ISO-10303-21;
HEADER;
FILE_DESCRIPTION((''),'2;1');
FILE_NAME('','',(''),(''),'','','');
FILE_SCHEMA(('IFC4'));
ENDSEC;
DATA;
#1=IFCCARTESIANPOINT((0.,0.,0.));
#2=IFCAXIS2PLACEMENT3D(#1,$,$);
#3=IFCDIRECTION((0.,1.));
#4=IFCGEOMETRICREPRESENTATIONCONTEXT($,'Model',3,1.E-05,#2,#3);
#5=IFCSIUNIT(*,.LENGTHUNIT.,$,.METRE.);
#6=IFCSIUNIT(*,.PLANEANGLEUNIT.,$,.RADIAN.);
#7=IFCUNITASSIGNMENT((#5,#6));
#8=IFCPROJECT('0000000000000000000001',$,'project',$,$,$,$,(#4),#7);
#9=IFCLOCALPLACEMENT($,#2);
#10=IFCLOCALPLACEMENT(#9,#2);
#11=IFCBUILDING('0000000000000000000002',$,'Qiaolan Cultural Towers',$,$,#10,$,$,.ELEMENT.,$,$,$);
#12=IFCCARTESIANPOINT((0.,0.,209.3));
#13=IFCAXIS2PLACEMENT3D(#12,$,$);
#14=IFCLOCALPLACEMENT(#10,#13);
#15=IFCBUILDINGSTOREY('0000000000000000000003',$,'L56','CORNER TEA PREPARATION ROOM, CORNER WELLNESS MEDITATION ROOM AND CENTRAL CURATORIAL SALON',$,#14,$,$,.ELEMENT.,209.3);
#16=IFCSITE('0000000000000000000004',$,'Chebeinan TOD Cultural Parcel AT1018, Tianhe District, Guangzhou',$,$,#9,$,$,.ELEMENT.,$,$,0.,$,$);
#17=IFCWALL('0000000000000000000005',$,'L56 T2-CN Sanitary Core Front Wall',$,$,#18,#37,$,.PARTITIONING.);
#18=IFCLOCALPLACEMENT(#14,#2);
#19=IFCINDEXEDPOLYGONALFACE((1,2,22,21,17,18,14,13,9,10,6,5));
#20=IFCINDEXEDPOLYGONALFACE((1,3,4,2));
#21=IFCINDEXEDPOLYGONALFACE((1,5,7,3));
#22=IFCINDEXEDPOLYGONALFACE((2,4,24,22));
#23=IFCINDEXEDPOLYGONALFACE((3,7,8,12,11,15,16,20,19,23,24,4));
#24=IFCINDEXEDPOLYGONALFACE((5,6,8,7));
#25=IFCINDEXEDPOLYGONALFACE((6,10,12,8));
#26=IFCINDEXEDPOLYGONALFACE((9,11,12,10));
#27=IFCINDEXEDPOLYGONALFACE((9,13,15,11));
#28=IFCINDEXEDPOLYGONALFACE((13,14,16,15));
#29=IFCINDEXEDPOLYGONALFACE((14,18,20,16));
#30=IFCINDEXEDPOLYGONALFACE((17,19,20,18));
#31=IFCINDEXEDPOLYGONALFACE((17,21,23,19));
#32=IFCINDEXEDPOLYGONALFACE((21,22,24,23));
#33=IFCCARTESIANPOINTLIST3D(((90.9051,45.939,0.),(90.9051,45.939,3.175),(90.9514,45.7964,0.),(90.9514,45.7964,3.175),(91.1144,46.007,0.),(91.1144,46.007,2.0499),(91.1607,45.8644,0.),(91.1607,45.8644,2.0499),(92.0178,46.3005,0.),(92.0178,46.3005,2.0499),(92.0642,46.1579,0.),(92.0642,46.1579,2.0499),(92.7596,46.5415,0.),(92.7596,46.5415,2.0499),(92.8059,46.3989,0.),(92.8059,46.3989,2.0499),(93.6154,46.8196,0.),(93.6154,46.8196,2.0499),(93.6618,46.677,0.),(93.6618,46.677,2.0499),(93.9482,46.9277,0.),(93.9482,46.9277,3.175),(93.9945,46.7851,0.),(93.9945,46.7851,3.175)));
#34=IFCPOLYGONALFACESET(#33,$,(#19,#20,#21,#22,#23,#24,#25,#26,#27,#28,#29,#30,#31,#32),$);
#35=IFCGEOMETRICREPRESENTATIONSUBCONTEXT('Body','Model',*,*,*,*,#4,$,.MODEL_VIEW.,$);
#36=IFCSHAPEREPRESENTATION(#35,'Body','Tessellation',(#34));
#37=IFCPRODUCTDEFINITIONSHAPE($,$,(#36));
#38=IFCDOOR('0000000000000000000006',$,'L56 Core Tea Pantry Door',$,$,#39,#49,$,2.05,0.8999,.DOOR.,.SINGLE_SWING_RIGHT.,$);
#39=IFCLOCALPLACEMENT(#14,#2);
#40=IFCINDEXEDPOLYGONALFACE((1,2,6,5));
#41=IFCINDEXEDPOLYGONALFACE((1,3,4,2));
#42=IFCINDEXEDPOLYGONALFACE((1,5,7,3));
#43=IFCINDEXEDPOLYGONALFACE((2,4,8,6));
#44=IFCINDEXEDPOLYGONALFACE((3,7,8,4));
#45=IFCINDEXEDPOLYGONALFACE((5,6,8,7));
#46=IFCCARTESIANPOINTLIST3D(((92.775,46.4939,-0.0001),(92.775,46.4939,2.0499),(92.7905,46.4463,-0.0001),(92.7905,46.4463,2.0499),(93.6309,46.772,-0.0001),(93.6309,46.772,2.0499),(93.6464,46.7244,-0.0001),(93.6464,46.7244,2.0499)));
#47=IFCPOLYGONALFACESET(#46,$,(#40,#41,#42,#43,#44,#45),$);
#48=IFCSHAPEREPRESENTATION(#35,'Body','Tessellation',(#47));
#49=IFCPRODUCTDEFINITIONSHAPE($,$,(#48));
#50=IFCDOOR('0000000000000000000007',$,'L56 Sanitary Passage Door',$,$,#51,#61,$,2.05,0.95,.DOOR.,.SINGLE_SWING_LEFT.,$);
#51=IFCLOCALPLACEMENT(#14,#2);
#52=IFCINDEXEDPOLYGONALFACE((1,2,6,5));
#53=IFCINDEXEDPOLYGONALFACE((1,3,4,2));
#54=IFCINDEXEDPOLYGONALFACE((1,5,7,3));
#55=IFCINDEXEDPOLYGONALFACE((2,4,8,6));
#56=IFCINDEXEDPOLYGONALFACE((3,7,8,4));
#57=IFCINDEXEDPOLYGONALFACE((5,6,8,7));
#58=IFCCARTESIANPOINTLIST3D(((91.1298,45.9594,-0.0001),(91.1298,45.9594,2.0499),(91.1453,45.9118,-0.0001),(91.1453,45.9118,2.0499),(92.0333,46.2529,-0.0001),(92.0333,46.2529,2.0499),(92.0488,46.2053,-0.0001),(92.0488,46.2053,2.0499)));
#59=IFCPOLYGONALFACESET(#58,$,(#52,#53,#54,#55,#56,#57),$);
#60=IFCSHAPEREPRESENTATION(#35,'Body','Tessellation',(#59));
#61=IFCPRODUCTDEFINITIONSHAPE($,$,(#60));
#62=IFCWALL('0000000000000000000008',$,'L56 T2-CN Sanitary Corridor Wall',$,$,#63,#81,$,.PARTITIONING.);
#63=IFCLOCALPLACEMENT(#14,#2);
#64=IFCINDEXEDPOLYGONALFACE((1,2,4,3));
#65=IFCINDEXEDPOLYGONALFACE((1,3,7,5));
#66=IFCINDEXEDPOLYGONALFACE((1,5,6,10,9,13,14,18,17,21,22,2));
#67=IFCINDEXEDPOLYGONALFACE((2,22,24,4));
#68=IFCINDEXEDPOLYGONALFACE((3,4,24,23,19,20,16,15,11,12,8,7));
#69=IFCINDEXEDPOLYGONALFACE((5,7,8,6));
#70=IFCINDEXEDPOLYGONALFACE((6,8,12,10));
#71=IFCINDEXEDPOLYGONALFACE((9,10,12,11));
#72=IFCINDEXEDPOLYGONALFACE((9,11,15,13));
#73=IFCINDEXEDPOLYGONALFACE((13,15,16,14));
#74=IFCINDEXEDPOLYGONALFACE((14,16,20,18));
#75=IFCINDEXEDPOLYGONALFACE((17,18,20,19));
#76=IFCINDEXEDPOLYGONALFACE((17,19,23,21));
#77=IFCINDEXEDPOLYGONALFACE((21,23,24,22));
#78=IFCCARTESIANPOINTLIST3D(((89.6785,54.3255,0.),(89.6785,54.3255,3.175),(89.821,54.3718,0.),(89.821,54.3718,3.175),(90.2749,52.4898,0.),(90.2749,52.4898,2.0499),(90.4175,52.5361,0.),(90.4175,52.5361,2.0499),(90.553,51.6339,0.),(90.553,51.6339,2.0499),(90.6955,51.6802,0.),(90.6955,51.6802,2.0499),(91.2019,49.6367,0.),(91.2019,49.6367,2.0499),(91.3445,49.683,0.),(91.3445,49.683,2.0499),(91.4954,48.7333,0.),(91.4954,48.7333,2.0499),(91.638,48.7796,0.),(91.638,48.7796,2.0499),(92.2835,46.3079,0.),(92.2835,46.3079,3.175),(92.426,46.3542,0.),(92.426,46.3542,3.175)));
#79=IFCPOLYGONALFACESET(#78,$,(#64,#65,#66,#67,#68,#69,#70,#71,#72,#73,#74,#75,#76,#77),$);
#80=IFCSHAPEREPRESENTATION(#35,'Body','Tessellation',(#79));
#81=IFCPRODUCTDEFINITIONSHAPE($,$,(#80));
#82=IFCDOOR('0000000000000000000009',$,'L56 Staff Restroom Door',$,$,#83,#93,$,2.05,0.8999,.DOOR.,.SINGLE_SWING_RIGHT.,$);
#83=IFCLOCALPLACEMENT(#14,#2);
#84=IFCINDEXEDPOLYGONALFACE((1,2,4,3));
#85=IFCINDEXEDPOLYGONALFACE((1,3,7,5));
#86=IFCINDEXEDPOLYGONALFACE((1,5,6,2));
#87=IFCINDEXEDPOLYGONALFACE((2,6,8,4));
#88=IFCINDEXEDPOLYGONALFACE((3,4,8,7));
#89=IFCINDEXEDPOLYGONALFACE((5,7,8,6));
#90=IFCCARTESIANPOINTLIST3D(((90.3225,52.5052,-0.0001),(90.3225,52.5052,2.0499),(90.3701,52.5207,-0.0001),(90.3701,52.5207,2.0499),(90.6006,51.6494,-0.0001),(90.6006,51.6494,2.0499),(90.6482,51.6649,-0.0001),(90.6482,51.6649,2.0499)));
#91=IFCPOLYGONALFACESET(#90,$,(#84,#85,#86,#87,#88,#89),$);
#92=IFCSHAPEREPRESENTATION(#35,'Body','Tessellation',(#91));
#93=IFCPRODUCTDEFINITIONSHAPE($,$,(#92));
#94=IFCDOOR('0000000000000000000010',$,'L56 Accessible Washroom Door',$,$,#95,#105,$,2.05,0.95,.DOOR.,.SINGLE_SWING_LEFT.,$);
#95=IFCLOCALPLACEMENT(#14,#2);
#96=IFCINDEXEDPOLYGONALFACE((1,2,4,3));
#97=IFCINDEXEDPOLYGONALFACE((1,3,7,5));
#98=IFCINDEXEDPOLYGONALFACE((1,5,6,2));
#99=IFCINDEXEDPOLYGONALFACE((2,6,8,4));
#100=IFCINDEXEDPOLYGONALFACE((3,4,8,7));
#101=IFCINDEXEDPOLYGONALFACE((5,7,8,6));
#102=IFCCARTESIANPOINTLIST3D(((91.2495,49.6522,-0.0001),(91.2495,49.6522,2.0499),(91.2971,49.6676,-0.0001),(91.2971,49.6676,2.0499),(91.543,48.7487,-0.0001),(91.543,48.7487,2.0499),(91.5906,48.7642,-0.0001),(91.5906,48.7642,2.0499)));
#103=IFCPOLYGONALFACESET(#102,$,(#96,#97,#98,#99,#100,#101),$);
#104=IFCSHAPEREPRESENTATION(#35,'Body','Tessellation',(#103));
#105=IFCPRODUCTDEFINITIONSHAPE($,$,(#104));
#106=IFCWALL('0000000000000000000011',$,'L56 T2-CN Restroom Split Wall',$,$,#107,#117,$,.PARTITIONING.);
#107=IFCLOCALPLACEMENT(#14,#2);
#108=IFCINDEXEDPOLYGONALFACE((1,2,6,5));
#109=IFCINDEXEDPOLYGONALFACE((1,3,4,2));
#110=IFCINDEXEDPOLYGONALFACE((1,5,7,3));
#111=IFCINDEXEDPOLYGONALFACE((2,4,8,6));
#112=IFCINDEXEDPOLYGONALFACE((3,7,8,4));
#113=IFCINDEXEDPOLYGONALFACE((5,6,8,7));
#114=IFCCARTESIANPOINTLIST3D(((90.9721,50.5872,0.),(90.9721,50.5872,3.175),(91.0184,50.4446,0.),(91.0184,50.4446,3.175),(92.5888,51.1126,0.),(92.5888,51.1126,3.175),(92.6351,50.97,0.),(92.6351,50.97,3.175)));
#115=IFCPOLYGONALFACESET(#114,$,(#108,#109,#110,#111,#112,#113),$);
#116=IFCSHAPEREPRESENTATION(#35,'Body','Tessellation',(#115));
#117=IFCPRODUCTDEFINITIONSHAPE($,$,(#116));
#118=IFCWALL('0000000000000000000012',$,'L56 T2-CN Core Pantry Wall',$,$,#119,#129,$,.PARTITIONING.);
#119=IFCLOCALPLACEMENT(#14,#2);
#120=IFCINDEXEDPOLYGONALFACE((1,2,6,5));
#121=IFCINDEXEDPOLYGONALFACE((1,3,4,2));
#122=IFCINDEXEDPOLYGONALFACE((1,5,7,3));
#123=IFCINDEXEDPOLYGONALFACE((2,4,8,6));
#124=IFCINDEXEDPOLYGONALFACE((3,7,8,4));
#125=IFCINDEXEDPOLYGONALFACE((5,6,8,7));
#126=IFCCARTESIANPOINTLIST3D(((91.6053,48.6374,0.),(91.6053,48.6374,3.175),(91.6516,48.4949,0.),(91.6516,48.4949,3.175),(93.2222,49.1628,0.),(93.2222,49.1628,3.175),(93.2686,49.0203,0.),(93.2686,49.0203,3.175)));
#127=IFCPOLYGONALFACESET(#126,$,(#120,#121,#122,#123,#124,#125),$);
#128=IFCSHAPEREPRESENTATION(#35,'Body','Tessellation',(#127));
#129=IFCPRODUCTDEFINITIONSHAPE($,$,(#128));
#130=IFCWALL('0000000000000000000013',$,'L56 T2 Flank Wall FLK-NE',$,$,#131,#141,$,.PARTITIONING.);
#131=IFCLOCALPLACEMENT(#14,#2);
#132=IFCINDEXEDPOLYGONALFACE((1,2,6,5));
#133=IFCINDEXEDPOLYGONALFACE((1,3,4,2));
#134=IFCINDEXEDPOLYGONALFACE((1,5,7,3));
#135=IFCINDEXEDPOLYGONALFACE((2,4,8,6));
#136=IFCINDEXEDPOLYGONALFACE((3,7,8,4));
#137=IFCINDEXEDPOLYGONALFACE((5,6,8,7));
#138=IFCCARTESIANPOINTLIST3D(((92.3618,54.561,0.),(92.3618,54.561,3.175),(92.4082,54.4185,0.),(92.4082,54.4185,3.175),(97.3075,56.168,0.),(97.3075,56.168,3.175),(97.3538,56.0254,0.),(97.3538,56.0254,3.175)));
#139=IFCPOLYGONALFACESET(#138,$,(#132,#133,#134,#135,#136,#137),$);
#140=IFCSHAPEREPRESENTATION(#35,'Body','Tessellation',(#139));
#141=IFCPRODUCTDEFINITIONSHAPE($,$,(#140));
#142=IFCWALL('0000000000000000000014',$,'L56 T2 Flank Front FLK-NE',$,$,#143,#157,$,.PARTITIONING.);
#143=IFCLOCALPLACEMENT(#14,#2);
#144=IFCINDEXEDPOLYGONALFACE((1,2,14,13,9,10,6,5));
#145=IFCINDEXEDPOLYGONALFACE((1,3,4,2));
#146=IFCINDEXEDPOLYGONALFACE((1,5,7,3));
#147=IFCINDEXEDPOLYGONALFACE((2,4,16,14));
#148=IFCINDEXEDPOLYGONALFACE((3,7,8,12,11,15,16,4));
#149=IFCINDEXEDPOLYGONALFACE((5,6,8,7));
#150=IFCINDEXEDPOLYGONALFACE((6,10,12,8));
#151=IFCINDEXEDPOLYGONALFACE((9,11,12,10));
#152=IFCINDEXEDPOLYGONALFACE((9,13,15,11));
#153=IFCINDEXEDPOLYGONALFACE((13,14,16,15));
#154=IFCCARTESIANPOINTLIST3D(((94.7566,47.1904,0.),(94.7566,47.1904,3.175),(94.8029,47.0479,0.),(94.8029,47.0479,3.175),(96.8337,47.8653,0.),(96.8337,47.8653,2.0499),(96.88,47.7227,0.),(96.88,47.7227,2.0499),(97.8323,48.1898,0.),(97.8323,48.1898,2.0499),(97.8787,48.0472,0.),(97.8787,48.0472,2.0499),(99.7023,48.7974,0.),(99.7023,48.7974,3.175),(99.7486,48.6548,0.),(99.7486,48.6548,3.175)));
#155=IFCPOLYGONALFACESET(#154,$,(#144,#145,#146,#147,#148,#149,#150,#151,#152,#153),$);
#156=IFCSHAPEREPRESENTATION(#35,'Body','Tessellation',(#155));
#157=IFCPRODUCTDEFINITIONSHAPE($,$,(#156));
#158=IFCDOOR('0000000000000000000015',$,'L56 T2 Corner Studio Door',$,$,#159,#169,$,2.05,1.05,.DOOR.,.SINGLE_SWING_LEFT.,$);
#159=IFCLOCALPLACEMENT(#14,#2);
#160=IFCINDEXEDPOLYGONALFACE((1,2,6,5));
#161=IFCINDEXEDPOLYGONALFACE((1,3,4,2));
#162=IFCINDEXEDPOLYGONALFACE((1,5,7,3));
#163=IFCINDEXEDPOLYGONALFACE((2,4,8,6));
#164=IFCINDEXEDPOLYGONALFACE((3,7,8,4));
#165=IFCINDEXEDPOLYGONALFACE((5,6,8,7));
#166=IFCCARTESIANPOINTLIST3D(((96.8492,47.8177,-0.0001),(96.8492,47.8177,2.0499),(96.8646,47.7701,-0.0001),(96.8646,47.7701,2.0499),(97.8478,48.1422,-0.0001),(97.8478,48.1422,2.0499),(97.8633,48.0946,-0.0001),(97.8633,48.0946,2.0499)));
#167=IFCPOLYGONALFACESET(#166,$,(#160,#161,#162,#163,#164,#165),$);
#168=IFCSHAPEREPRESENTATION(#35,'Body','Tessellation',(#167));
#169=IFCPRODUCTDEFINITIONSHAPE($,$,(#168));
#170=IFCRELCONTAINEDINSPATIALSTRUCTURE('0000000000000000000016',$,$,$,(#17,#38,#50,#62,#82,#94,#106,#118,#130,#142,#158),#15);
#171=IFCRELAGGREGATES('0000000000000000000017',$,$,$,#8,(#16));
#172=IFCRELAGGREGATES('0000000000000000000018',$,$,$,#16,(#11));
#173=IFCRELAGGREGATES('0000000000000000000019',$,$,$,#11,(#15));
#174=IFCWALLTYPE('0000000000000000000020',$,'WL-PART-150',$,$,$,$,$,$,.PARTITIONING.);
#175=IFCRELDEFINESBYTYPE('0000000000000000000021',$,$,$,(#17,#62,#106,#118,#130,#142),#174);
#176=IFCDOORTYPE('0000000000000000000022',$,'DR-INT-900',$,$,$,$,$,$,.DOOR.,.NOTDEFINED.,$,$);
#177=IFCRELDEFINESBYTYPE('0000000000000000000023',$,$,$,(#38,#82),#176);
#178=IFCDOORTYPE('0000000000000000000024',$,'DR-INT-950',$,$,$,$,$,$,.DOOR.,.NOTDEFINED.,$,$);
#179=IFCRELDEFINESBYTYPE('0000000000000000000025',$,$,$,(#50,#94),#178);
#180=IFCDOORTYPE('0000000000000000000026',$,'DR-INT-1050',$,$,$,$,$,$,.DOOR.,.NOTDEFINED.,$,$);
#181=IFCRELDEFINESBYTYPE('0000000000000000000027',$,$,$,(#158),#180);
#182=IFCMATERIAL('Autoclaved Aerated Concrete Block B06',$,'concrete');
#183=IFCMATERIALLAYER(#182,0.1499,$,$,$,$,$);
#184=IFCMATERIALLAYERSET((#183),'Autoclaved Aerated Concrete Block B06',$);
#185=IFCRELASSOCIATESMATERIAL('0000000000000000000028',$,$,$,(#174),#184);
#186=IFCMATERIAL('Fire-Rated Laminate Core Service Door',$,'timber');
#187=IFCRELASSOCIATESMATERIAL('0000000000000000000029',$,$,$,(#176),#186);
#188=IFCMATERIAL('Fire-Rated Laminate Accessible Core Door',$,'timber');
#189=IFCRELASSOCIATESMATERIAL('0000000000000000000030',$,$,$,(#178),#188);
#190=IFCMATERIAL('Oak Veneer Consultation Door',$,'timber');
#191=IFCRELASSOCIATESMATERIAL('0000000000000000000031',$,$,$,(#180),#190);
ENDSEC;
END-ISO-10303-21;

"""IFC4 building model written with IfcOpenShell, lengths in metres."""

from ifc_helpers import new_model, si_unit, direction, frame, frame_2d, origin, place, context, subcontext, project, spatial, rectangle, extrude, material, layer, layer_set, type_object, element, fill, save


model = new_model("IFC4")

# Units and contexts
model_context = context("Model", 3, precision=1e-05, world=origin(), true_north=direction((0.0, 1.0)))
body_context = subcontext(model_context, "Body", "Model", "MODEL_VIEW")
ifc_project = project(units=[si_unit("LENGTHUNIT", "METRE"), si_unit("PLANEANGLEUNIT", "RADIAN")], contexts=[model_context])

# Site, building, storey
site_placement = place(None, origin())
site = spatial("IfcSite", under=ifc_project, at=site_placement, Name="Chebeinan TOD Cultural Parcel AT1018, Tianhe District, Guangzhou", CompositionType="ELEMENT", RefElevation=0.0)
building_placement = place(site_placement, origin())
building = spatial("IfcBuilding", under=site, at=building_placement, Name="Qiaolan Cultural Towers", CompositionType="ELEMENT")
storey_placement = place(building_placement, frame((0.0, 0.0, 209.3)))
storey = spatial("IfcBuildingStorey", under=building, at=storey_placement, Name="L56", Description="CORNER TEA PREPARATION ROOM, CORNER WELLNESS MEDITATION ROOM AND CENTRAL CURATORIAL SALON", CompositionType="ELEMENT", Elevation=209.3)

# Shared definitions
ifc_material_1 = material(Name="Autoclaved Aerated Concrete Block B06", Category="concrete")
ifc_layer_1 = layer(ifc_material_1, 0.1499)
ifc_layer_set_1 = layer_set([ifc_layer_1], Name="Autoclaved Aerated Concrete Block B06")
wall_type_1 = type_object("IfcWallType", Name="WL-PART-150", PredefinedType="PARTITIONING", material=ifc_layer_set_1)

# Walls, openings, doors
wall_1_placement = place(storey_placement, frame((90.9282, 45.8677, 0.0), z_axis=(0.0, 0.0, 1.0), x_axis=(0.951059, 0.309008, 0.0)))
wall_1 = element("IfcWall", 1, at=wall_1_placement, inside=storey, type_object=wall_type_1, Name="L56 T2-CN Sanitary Core Front Wall", PredefinedType="PARTITIONING", context=body_context, shape_type="SweptSolid", body=[
    extrude(rectangle(XDim=3.1997, YDim=0.1499, at=frame_2d((1.5999, 0.0))), origin(), (0.0, 0.0, 1.0), 3.175),
])
opening_1_placement = place(wall_1_placement, frame((0.22, 0.0, 0.0)))
opening_1 = element("IfcOpeningElement", 2, at=opening_1_placement, cuts=wall_1, PredefinedType="OPENING", context=body_context, shape_type="SweptSolid", body=[
    extrude(rectangle(XDim=0.95, YDim=2.05, at=frame_2d((0.4751, 1.0249))), frame((0.0, 0.085, 0.0), z_axis=(0.0, -1.0, 0.0), x_axis=(1.0, 0.0, 0.0)), (0.0, 0.0, 1.0), 0.1699),
])
opening_2_placement = place(wall_1_placement, frame((1.95, 0.0, 0.0)))
opening_2 = element("IfcOpeningElement", 3, at=opening_2_placement, cuts=wall_1, PredefinedType="OPENING", context=body_context, shape_type="SweptSolid", body=[
    extrude(rectangle(XDim=0.8999, YDim=2.05, at=frame_2d((0.45, 1.0249))), frame((0.0, 0.085, 0.0), z_axis=(0.0, -1.0, 0.0), x_axis=(1.0, 0.0, 0.0)), (0.0, 0.0, 1.0), 0.1699),
])
ifc_material_2 = material(Name="Fire-Rated Laminate Core Service Door", Category="timber")
door_type_1 = type_object("IfcDoorType", Name="DR-INT-900", OperationType="NOTDEFINED", PredefinedType="DOOR", material=ifc_material_2)
door_1_placement = place(opening_2_placement, origin())
door_1 = element("IfcDoor", 4, at=door_1_placement, inside=storey, type_object=door_type_1, Name="L56 Core Tea Pantry Door", OperationType="SINGLE_SWING_RIGHT", OverallHeight=2.05, OverallWidth=0.8999, PredefinedType="DOOR", context=body_context, shape_type="SweptSolid", body=[
    extrude(rectangle(XDim=0.8999, YDim=2.05, at=frame_2d((0.45, 1.0249))), frame((0.0, 0.0249, 0.0), z_axis=(0.0, -1.0, 0.0), x_axis=(1.0, 0.0, 0.0)), (0.0, 0.0, 1.0), 0.05),
])
fill(opening_2, door_1)
ifc_material_3 = material(Name="Fire-Rated Laminate Accessible Core Door", Category="timber")
door_type_2 = type_object("IfcDoorType", Name="DR-INT-950", OperationType="NOTDEFINED", PredefinedType="DOOR", material=ifc_material_3)
door_2_placement = place(opening_1_placement, origin())
door_2 = element("IfcDoor", 5, at=door_2_placement, inside=storey, type_object=door_type_2, Name="L56 Sanitary Passage Door", OperationType="SINGLE_SWING_LEFT", OverallHeight=2.05, OverallWidth=0.95, PredefinedType="DOOR", context=body_context, shape_type="SweptSolid", body=[
    extrude(rectangle(XDim=0.95, YDim=2.05, at=frame_2d((0.4751, 1.0249))), frame((0.0, 0.0249, 0.0), z_axis=(0.0, -1.0, 0.0), x_axis=(1.0, 0.0, 0.0)), (0.0, 0.0, 1.0), 0.05),
])
fill(opening_1, door_2)
wall_2_placement = place(storey_placement, frame((92.3547, 46.3311, 0.0), z_axis=(0.0, 0.0, 1.0), x_axis=(-0.309007, 0.95106, 0.0)))
wall_2 = element("IfcWall", 6, at=wall_2_placement, inside=storey, type_object=wall_type_1, Name="L56 T2-CN Sanitary Corridor Wall", PredefinedType="PARTITIONING", context=body_context, shape_type="SweptSolid", body=[
    extrude(rectangle(XDim=8.4302, YDim=0.1499, at=frame_2d((4.2151, 0.0))), origin(), (0.0, 0.0, 1.0), 3.175),
])
opening_3_placement = place(wall_2_placement, frame((2.55, 0.0, 0.0)))
opening_3 = element("IfcOpeningElement", 7, at=opening_3_placement, cuts=wall_2, PredefinedType="OPENING", context=body_context, shape_type="SweptSolid", body=[
    extrude(rectangle(XDim=0.95, YDim=2.05, at=frame_2d((0.4751, 1.0249))), frame((0.0, 0.085, 0.0), z_axis=(0.0, -1.0, 0.0), x_axis=(1.0, 0.0, 0.0)), (0.0, 0.0, 1.0), 0.1699),
])
opening_4_placement = place(wall_2_placement, frame((5.6001, 0.0, 0.0)))
opening_4 = element("IfcOpeningElement", 8, at=opening_4_placement, cuts=wall_2, PredefinedType="OPENING", context=body_context, shape_type="SweptSolid", body=[
    extrude(rectangle(XDim=0.8999, YDim=2.05, at=frame_2d((0.45, 1.0249))), frame((0.0, 0.085, 0.0), z_axis=(0.0, -1.0, 0.0), x_axis=(1.0, 0.0, 0.0)), (0.0, 0.0, 1.0), 0.1699),
])
door_3_placement = place(opening_4_placement, origin())
door_3 = element("IfcDoor", 9, at=door_3_placement, inside=storey, type_object=door_type_1, Name="L56 Staff Restroom Door", OperationType="SINGLE_SWING_RIGHT", OverallHeight=2.05, OverallWidth=0.8999, PredefinedType="DOOR", context=body_context, shape_type="SweptSolid", body=[
    extrude(rectangle(XDim=0.8999, YDim=2.05, at=frame_2d((0.45, 1.0249))), frame((0.0, 0.0249, 0.0), z_axis=(0.0, -1.0, 0.0), x_axis=(1.0, 0.0, 0.0)), (0.0, 0.0, 1.0), 0.05),
])
fill(opening_4, door_3)
door_4_placement = place(opening_3_placement, origin())
door_4 = element("IfcDoor", 10, at=door_4_placement, inside=storey, type_object=door_type_2, Name="L56 Accessible Washroom Door", OperationType="SINGLE_SWING_LEFT", OverallHeight=2.05, OverallWidth=0.95, PredefinedType="DOOR", context=body_context, shape_type="SweptSolid", body=[
    extrude(rectangle(XDim=0.95, YDim=2.05, at=frame_2d((0.4751, 1.0249))), frame((0.0, 0.0249, 0.0), z_axis=(0.0, -1.0, 0.0), x_axis=(1.0, 0.0, 0.0)), (0.0, 0.0, 1.0), 0.05),
])
fill(opening_3, door_4)

# Walls
wall_3_placement = place(storey_placement, frame((90.9951, 50.5159, 0.0), z_axis=(0.0, 0.0, 1.0), x_axis=(0.95104, 0.309067, 0.0)))
element("IfcWall", 11, at=wall_3_placement, inside=storey, type_object=wall_type_1, Name="L56 T2-CN Restroom Split Wall", PredefinedType="PARTITIONING", context=body_context, shape_type="SweptSolid", body=[
    extrude(rectangle(XDim=1.7, YDim=0.1499, at=frame_2d((0.8501, 0.0))), origin(), (0.0, 0.0, 1.0), 3.175),
])
wall_4_placement = place(storey_placement, frame((91.6284, 48.5662, 0.0), z_axis=(0.0, 0.0, 1.0), x_axis=(0.951054, 0.309024, 0.0)))
element("IfcWall", 12, at=wall_4_placement, inside=storey, type_object=wall_type_1, Name="L56 T2-CN Core Pantry Wall", PredefinedType="PARTITIONING", context=body_context, shape_type="SweptSolid", body=[
    extrude(rectangle(XDim=1.7002, YDim=0.1499, at=frame_2d((0.8501, 0.0))), origin(), (0.0, 0.0, 1.0), 3.175),
])
wall_5_placement = place(storey_placement, frame((92.385, 54.4897, 0.0), z_axis=(0.0, 0.0, 1.0), x_axis=(0.951055, 0.309021, 0.0)))
element("IfcWall", 13, at=wall_5_placement, inside=storey, type_object=wall_type_1, Name="L56 T2 Flank Wall FLK-NE", PredefinedType="PARTITIONING", context=body_context, shape_type="SweptSolid", body=[
    extrude(rectangle(XDim=5.2002, YDim=0.1499, at=frame_2d((2.6001, 0.0))), origin(), (0.0, 0.0, 1.0), 3.175),
])

# Wall, opening, door
wall_6_placement = place(storey_placement, frame((94.7798, 47.1191, 0.0), z_axis=(0.0, 0.0, 1.0), x_axis=(0.951055, 0.309021, 0.0)))
wall_6 = element("IfcWall", 14, at=wall_6_placement, inside=storey, type_object=wall_type_1, Name="L56 T2 Flank Front FLK-NE", PredefinedType="PARTITIONING", context=body_context, shape_type="SweptSolid", body=[
    extrude(rectangle(XDim=5.2002, YDim=0.1499, at=frame_2d((2.6001, 0.0))), origin(), (0.0, 0.0, 1.0), 3.175),
])
opening_5_placement = place(wall_6_placement, frame((2.1841, 0.0, 0.0)))
opening_5 = element("IfcOpeningElement", 15, at=opening_5_placement, cuts=wall_6, PredefinedType="OPENING", context=body_context, shape_type="SweptSolid", body=[
    extrude(rectangle(XDim=1.05, YDim=2.05, at=frame_2d((0.5249, 1.0249))), frame((0.0, 0.085, 0.0), z_axis=(0.0, -1.0, 0.0), x_axis=(1.0, 0.0, 0.0)), (0.0, 0.0, 1.0), 0.1699),
])
ifc_material_4 = material(Name="Oak Veneer Consultation Door", Category="timber")
door_type_3 = type_object("IfcDoorType", Name="DR-INT-1050", OperationType="NOTDEFINED", PredefinedType="DOOR", material=ifc_material_4)
door_5_placement = place(opening_5_placement, origin())
door_5 = element("IfcDoor", 16, at=door_5_placement, inside=storey, type_object=door_type_3, Name="L56 T2 Corner Studio Door", OperationType="SINGLE_SWING_LEFT", OverallHeight=2.05, OverallWidth=1.05, PredefinedType="DOOR", context=body_context, shape_type="SweptSolid", body=[
    extrude(rectangle(XDim=1.05, YDim=2.05, at=frame_2d((0.5249, 1.0249))), frame((0.0, 0.0249, 0.0), z_axis=(0.0, -1.0, 0.0), x_axis=(1.0, 0.0, 0.0)), (0.0, 0.0, 1.0), 0.05),
])
fill(opening_5, door_5)

save(model, "model.ifc")
